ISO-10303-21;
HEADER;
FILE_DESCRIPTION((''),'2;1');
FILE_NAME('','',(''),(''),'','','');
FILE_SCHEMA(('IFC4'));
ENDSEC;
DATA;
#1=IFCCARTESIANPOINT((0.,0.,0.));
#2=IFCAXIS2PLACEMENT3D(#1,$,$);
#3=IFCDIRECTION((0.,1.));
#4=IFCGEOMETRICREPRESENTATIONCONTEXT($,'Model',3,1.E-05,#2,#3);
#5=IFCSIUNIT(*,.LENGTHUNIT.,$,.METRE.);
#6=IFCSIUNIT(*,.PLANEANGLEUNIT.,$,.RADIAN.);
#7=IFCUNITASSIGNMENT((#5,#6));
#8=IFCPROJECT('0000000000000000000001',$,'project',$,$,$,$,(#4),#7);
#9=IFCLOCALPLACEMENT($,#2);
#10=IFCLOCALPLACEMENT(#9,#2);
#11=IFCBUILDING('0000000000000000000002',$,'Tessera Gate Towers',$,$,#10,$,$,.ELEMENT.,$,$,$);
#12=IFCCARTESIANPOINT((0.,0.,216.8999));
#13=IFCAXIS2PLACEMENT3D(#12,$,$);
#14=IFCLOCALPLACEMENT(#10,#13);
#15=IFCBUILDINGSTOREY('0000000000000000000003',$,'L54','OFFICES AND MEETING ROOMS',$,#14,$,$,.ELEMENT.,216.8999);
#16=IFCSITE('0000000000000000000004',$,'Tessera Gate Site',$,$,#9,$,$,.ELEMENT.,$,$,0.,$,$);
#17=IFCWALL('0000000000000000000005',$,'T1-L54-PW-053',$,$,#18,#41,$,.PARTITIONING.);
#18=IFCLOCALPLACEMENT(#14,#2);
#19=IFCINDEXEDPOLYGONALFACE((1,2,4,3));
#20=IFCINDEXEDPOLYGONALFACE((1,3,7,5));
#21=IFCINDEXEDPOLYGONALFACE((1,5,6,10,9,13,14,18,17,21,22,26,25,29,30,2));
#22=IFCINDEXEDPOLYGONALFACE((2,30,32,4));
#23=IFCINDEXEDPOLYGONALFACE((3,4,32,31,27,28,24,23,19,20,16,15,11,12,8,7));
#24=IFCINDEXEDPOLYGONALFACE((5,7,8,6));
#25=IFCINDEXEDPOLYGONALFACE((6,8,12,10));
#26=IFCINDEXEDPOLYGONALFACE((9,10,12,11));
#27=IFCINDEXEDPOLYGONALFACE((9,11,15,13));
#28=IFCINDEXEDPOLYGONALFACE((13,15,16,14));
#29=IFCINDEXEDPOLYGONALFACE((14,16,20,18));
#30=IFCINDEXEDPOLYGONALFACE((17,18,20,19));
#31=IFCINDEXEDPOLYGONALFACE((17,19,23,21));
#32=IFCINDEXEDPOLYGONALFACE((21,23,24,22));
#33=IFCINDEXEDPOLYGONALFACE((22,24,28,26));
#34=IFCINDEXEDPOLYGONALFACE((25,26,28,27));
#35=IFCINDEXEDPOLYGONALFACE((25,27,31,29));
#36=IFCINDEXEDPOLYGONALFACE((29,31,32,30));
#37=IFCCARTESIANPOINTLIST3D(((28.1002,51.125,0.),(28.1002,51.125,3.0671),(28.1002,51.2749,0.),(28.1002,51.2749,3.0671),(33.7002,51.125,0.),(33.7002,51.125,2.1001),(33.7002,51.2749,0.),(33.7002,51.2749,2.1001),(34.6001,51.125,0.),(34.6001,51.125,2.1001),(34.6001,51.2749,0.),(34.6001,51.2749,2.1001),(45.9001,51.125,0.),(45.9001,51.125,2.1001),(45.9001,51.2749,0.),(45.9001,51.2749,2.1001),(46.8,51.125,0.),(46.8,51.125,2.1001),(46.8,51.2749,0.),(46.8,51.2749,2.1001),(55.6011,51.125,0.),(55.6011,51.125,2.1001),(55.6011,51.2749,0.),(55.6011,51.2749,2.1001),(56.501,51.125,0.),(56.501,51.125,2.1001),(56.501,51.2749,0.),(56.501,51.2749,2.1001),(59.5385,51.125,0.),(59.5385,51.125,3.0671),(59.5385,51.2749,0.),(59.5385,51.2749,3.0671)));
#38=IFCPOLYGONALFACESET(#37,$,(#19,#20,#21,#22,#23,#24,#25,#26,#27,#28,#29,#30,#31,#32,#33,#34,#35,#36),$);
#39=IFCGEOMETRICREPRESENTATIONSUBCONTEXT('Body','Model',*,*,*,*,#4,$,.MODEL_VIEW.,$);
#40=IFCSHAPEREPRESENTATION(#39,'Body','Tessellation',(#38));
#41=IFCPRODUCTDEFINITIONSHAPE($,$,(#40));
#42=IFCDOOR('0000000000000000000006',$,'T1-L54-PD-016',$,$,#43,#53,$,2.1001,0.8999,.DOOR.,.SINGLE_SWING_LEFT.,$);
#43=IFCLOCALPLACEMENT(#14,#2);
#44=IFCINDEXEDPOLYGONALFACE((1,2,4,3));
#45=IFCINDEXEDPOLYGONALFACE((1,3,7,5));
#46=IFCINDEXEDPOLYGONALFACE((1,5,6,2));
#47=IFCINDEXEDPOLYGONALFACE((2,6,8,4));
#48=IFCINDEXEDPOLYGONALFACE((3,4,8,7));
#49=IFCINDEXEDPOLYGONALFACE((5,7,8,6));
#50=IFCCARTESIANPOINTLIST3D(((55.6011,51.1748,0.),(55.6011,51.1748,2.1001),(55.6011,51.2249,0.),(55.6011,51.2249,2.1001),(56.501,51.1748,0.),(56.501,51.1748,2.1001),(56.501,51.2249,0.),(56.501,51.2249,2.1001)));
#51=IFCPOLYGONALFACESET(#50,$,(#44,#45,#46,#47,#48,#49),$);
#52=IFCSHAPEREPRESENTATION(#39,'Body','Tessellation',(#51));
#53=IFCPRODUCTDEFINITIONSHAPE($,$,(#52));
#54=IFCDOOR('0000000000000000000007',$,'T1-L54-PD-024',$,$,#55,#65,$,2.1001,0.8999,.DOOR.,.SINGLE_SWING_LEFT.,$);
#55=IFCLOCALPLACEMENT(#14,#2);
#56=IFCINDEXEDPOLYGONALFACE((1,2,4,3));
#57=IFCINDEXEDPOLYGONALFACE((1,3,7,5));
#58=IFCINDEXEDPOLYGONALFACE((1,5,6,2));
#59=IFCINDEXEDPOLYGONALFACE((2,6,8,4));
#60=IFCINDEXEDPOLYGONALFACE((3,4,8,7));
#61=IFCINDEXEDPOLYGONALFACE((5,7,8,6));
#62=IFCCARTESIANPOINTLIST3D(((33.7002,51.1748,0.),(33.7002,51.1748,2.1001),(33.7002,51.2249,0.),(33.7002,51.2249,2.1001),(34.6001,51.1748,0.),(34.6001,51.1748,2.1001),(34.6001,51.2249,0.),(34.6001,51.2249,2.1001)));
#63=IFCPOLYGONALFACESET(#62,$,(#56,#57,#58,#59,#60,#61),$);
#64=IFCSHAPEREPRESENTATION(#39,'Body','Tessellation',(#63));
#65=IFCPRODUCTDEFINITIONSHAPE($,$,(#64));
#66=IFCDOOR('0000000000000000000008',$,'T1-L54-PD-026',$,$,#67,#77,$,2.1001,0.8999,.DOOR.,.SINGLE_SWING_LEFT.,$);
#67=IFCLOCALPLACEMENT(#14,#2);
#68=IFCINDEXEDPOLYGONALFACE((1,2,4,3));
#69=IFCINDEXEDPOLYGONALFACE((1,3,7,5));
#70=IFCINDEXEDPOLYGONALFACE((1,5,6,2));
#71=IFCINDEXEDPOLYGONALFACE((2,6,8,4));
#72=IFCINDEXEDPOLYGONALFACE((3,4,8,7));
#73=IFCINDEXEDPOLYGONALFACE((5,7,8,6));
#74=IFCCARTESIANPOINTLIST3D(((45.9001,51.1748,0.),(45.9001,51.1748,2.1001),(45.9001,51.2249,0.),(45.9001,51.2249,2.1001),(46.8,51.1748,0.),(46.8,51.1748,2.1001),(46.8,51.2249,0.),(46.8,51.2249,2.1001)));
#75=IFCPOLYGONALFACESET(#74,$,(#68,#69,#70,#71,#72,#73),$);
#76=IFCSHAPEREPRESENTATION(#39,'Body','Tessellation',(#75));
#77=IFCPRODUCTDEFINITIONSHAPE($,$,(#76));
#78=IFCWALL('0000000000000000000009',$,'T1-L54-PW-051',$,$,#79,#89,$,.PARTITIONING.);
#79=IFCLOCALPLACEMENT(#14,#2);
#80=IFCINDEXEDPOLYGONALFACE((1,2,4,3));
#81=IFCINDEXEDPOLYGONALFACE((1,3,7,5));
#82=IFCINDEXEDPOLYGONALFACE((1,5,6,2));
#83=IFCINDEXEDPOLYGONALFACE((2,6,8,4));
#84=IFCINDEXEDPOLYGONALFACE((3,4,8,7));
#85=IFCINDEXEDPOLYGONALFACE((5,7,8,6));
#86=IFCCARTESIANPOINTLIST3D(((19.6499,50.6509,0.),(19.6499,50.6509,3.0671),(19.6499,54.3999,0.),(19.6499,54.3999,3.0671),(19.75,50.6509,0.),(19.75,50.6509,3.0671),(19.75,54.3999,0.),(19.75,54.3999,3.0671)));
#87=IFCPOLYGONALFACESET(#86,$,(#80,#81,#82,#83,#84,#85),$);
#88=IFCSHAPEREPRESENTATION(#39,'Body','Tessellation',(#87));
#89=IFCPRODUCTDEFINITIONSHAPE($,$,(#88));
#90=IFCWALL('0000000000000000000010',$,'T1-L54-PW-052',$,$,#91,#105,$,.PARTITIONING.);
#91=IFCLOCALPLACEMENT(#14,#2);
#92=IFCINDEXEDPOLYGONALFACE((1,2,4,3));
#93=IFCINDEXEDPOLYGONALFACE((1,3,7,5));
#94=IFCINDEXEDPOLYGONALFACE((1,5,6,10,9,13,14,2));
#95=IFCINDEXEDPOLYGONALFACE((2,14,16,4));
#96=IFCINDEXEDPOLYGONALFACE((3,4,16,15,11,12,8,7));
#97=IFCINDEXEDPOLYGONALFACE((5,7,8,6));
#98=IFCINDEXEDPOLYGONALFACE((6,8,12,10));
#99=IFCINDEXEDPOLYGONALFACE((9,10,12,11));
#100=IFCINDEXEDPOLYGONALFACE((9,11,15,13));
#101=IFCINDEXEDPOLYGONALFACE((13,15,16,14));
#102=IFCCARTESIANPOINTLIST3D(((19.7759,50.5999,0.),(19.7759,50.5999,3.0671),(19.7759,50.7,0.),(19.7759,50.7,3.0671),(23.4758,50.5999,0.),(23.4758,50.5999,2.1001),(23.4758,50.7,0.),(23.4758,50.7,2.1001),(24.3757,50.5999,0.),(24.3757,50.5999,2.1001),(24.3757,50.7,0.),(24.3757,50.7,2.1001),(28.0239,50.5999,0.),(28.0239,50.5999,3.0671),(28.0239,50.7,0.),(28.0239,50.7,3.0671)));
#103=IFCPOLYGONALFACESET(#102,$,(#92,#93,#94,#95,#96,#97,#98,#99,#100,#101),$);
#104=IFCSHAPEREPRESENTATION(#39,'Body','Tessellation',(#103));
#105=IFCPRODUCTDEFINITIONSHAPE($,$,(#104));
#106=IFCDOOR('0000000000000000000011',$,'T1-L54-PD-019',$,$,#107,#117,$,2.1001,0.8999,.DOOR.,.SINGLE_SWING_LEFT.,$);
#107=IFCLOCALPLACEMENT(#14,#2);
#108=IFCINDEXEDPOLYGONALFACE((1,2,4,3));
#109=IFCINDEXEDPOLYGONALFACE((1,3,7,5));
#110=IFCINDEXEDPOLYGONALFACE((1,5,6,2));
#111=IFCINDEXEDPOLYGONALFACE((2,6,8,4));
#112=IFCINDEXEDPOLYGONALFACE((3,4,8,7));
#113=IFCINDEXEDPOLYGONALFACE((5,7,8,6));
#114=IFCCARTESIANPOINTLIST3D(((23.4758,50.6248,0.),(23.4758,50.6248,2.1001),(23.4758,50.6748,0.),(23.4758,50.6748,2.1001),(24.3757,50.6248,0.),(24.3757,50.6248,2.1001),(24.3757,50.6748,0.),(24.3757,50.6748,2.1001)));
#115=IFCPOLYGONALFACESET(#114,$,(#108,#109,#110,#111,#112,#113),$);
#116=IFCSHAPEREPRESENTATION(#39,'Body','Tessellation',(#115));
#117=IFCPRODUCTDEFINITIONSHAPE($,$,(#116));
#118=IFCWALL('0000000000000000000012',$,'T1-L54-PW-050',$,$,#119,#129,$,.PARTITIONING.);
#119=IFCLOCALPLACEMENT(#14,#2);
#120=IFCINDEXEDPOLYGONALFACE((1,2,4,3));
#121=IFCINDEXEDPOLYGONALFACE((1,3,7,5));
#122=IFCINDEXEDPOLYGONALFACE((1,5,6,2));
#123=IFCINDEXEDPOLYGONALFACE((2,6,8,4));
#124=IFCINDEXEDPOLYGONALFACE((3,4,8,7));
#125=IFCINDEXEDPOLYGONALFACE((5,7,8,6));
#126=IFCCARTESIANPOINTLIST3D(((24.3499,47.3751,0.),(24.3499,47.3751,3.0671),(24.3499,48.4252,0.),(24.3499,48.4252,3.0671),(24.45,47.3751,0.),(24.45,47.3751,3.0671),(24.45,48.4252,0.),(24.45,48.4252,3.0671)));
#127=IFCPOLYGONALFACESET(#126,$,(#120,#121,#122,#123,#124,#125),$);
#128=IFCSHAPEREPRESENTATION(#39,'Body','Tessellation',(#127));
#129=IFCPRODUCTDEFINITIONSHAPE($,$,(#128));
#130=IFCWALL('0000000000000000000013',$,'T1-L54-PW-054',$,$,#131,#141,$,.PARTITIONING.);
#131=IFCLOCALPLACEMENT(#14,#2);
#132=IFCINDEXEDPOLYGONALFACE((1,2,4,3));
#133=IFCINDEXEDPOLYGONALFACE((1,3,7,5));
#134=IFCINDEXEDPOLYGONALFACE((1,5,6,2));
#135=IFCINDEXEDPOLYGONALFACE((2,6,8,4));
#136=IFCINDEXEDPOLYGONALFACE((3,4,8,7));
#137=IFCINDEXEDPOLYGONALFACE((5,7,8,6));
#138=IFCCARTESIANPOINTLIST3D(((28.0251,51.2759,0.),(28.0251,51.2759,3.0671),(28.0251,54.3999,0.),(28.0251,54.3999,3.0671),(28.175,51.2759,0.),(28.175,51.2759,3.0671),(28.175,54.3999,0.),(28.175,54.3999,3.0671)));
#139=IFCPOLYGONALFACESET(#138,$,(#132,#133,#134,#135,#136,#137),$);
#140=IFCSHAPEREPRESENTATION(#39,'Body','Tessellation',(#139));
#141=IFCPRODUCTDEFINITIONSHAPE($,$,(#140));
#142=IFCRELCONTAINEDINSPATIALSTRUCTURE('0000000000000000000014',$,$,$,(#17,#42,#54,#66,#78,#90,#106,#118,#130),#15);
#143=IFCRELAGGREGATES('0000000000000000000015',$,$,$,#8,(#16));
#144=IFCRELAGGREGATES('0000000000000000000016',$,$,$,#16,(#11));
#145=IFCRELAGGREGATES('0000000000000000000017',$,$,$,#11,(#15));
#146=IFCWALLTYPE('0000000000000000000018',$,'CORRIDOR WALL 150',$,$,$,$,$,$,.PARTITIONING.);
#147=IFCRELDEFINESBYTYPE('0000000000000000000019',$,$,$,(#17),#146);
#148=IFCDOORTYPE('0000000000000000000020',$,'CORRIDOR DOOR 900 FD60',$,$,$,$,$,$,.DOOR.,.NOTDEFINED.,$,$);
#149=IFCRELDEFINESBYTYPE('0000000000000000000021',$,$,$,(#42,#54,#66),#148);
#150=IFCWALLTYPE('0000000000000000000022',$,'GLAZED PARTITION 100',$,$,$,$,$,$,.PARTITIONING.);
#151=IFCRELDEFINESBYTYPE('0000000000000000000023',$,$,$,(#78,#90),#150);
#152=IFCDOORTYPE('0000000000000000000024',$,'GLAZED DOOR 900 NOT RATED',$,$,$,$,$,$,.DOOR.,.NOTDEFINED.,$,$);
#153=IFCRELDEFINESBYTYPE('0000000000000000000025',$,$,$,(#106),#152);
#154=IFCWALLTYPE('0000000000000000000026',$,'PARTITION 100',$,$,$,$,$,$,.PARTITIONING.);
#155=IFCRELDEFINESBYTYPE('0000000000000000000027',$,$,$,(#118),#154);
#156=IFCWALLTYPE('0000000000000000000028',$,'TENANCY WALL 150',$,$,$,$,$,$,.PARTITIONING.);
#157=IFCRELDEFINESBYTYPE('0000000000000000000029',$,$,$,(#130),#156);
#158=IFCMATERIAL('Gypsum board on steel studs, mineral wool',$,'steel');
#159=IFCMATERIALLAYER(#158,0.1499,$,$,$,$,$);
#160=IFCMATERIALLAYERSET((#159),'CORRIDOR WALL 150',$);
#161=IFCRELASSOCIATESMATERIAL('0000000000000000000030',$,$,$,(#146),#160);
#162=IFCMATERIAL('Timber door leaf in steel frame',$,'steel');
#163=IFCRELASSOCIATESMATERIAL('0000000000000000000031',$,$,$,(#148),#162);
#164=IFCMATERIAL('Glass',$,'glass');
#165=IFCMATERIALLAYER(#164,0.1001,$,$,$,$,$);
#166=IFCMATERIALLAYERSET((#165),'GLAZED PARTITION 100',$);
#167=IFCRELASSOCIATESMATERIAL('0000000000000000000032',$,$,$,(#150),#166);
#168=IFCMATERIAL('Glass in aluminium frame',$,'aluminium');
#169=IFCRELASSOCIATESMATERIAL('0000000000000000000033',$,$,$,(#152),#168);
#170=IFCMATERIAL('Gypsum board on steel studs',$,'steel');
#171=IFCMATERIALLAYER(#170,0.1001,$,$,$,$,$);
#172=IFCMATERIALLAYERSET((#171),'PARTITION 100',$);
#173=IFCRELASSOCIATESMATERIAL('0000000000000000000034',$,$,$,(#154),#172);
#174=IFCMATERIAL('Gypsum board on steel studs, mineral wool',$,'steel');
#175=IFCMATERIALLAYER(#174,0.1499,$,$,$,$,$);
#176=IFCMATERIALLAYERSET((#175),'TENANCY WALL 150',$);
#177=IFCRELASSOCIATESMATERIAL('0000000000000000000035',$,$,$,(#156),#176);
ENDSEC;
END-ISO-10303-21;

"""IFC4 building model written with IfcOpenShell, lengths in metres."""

from ifc_helpers import new_model, si_unit, direction, frame, frame_2d, origin, place, context, subcontext, project, spatial, rectangle, extrude, source, transform, mapped, material, layer, layer_set, type_object, element, fill, save


model = new_model("IFC4")

# Units and contexts
model_context = context("Model", 3, precision=1e-05, world=origin(), true_north=direction((0.0, 1.0)))
body_context = subcontext(model_context, "Body", "Model", "MODEL_VIEW")
ifc_project = project(units=[si_unit("LENGTHUNIT", "METRE"), si_unit("PLANEANGLEUNIT", "RADIAN")], contexts=[model_context])

# Site, building, storey
site_placement = place(None, origin())
site = spatial("IfcSite", under=ifc_project, at=site_placement, Name="Tessera Gate Site", CompositionType="ELEMENT", RefElevation=0.0)
building_placement = place(site_placement, origin())
building = spatial("IfcBuilding", under=site, at=building_placement, Name="Tessera Gate Towers", CompositionType="ELEMENT")
storey_placement = place(building_placement, frame((0.0, 0.0, 216.8999)))
storey = spatial("IfcBuildingStorey", under=building, at=storey_placement, Name="L54", Description="OFFICES AND MEETING ROOMS", CompositionType="ELEMENT", Elevation=216.8999)

# Wall, openings, doors
ifc_material_1 = material(Name="Gypsum board on steel studs, mineral wool", Category="steel")
ifc_layer_1 = layer(ifc_material_1, 0.1499)
ifc_layer_set_1 = layer_set([ifc_layer_1], Name="CORRIDOR WALL 150")
wall_type_1 = type_object("IfcWallType", Name="CORRIDOR WALL 150", PredefinedType="PARTITIONING", material=ifc_layer_set_1)
wall_1_placement = place(storey_placement, frame((28.1001, 51.2, 0.0), z_axis=(0.0, 0.0, 1.0), x_axis=(1.0, 0.0, 0.0)))
wall_1 = element("IfcWall", 1, at=wall_1_placement, inside=storey, type_object=wall_type_1, Name="T1-L54-PW-053", PredefinedType="PARTITIONING", context=body_context, shape_type="SweptSolid", body=[
    extrude(rectangle(XDim=31.4382, YDim=0.1499, at=frame_2d((15.7192, 0.0))), origin(), (0.0, 0.0, 1.0), 3.0671),
])
shared_shape_1 = source(origin(), body_context, "Body", "SweptSolid", [
    extrude(rectangle(XDim=0.8999, YDim=2.1001, at=frame_2d((0.45, 1.05))), frame((0.0, 0.085, 0.0), z_axis=(0.0, -1.0, 0.0), x_axis=(1.0, 0.0, 0.0)), (0.0, 0.0, 1.0), 0.1699),
])
opening_1_placement = place(wall_1_placement, frame((27.501, 0.0, 0.0)))
opening_1 = element("IfcOpeningElement", 2, at=opening_1_placement, cuts=wall_1, PredefinedType="OPENING", context=body_context, shape_type="MappedRepresentation", body=[
    mapped(shared_shape_1, transform((0.0, 0.0, 0.0), scale=1.0)),
])
opening_2_placement = place(wall_1_placement, frame((5.6001, 0.0, 0.0)))
opening_2 = element("IfcOpeningElement", 3, at=opening_2_placement, cuts=wall_1, PredefinedType="OPENING", context=body_context, shape_type="MappedRepresentation", body=[
    mapped(shared_shape_1, transform((0.0, 0.0, 0.0), scale=1.0)),
])
opening_3_placement = place(wall_1_placement, frame((17.8, 0.0, 0.0)))
opening_3 = element("IfcOpeningElement", 4, at=opening_3_placement, cuts=wall_1, PredefinedType="OPENING", context=body_context, shape_type="MappedRepresentation", body=[
    mapped(shared_shape_1, transform((0.0, 0.0, 0.0), scale=1.0)),
])
ifc_material_2 = material(Name="Timber door leaf in steel frame", Category="steel")
door_type_1 = type_object("IfcDoorType", Name="CORRIDOR DOOR 900 FD60", OperationType="NOTDEFINED", PredefinedType="DOOR", material=ifc_material_2)
shared_shape_2 = source(origin(), body_context, "Body", "SweptSolid", [
    extrude(rectangle(XDim=0.8999, YDim=2.1001, at=frame_2d((0.45, 1.05))), frame((0.0, 0.0249, 0.0), z_axis=(0.0, -1.0, 0.0), x_axis=(1.0, 0.0, 0.0)), (0.0, 0.0, 1.0), 0.05),
])
door_1_placement = place(opening_1_placement, origin())
door_1 = element("IfcDoor", 5, at=door_1_placement, inside=storey, type_object=door_type_1, Name="T1-L54-PD-016", OperationType="SINGLE_SWING_LEFT", OverallHeight=2.1001, OverallWidth=0.8999, PredefinedType="DOOR", context=body_context, shape_type="MappedRepresentation", body=[
    mapped(shared_shape_2, transform((0.0, 0.0, 0.0), scale=1.0)),
])
fill(opening_1, door_1)
door_2_placement = place(opening_2_placement, origin())
door_2 = element("IfcDoor", 6, at=door_2_placement, inside=storey, type_object=door_type_1, Name="T1-L54-PD-024", OperationType="SINGLE_SWING_LEFT", OverallHeight=2.1001, OverallWidth=0.8999, PredefinedType="DOOR", context=body_context, shape_type="MappedRepresentation", body=[
    mapped(shared_shape_2, transform((0.0, 0.0, 0.0), scale=1.0)),
])
fill(opening_2, door_2)
door_3_placement = place(opening_3_placement, origin())
door_3 = element("IfcDoor", 7, at=door_3_placement, inside=storey, type_object=door_type_1, Name="T1-L54-PD-026", OperationType="SINGLE_SWING_LEFT", OverallHeight=2.1001, OverallWidth=0.8999, PredefinedType="DOOR", context=body_context, shape_type="MappedRepresentation", body=[
    mapped(shared_shape_2, transform((0.0, 0.0, 0.0), scale=1.0)),
])
fill(opening_3, door_3)

# Wall
ifc_material_3 = material(Name="Glass", Category="glass")
ifc_layer_2 = layer(ifc_material_3, 0.1001)
ifc_layer_set_2 = layer_set([ifc_layer_2], Name="GLAZED PARTITION 100")
wall_type_2 = type_object("IfcWallType", Name="GLAZED PARTITION 100", PredefinedType="PARTITIONING", material=ifc_layer_set_2)
wall_2_placement = place(storey_placement, frame((19.7, 50.6509, 0.0), z_axis=(0.0, 0.0, 1.0), x_axis=(0.0, 1.0, 0.0)))
element("IfcWall", 8, at=wall_2_placement, inside=storey, type_object=wall_type_2, Name="T1-L54-PW-051", PredefinedType="PARTITIONING", context=body_context, shape_type="SweptSolid", body=[
    extrude(rectangle(XDim=3.749, YDim=0.1001, at=frame_2d((1.8745, 0.0))), origin(), (0.0, 0.0, 1.0), 3.0671),
])

# Wall, opening, door
wall_3_placement = place(storey_placement, frame((19.7759, 50.6499, 0.0), z_axis=(0.0, 0.0, 1.0), x_axis=(1.0, 0.0, 0.0)))
wall_3 = element("IfcWall", 9, at=wall_3_placement, inside=storey, type_object=wall_type_2, Name="T1-L54-PW-052", PredefinedType="PARTITIONING", context=body_context, shape_type="SweptSolid", body=[
    extrude(rectangle(XDim=8.248, YDim=0.1001, at=frame_2d((4.124, 0.0))), origin(), (0.0, 0.0, 1.0), 3.0671),
])
shared_shape_3 = source(origin(), body_context, "Body", "SweptSolid", [
    extrude(rectangle(XDim=0.8999, YDim=2.1001, at=frame_2d((0.45, 1.05))), frame((0.0, 0.0601, 0.0), z_axis=(0.0, -1.0, 0.0), x_axis=(1.0, 0.0, 0.0)), (0.0, 0.0, 1.0), 0.1201),
])
opening_4_placement = place(wall_3_placement, frame((3.7, 0.0, 0.0)))
opening_4 = element("IfcOpeningElement", 10, at=opening_4_placement, cuts=wall_3, PredefinedType="OPENING", context=body_context, shape_type="MappedRepresentation", body=[
    mapped(shared_shape_3, transform((0.0, 0.0, 0.0), scale=1.0)),
])
ifc_material_4 = material(Name="Glass in aluminium frame", Category="aluminium")
door_type_2 = type_object("IfcDoorType", Name="GLAZED DOOR 900 NOT RATED", OperationType="NOTDEFINED", PredefinedType="DOOR", material=ifc_material_4)
door_4_placement = place(opening_4_placement, origin())
door_4 = element("IfcDoor", 11, at=door_4_placement, inside=storey, type_object=door_type_2, Name="T1-L54-PD-019", OperationType="SINGLE_SWING_LEFT", OverallHeight=2.1001, OverallWidth=0.8999, PredefinedType="DOOR", context=body_context, shape_type="MappedRepresentation", body=[
    mapped(shared_shape_2, transform((0.0, 0.0, 0.0), scale=1.0)),
])
fill(opening_4, door_4)

# Walls
ifc_material_5 = material(Name="Gypsum board on steel studs", Category="steel")
ifc_layer_3 = layer(ifc_material_5, 0.1001)
ifc_layer_set_3 = layer_set([ifc_layer_3], Name="PARTITION 100")
wall_type_3 = type_object("IfcWallType", Name="PARTITION 100", PredefinedType="PARTITIONING", material=ifc_layer_set_3)
wall_4_placement = place(storey_placement, frame((24.3999, 48.425, 0.0), z_axis=(0.0, 0.0, 1.0), x_axis=(0.0, -1.0, 0.0)))
element("IfcWall", 12, at=wall_4_placement, inside=storey, type_object=wall_type_3, Name="T1-L54-PW-050", PredefinedType="PARTITIONING", context=body_context, shape_type="SweptSolid", body=[
    extrude(rectangle(XDim=1.05, YDim=0.1001, at=frame_2d((0.5249, 0.0))), origin(), (0.0, 0.0, 1.0), 3.0671),
])
ifc_material_6 = material(Name="Gypsum board on steel studs, mineral wool", Category="steel")
ifc_layer_4 = layer(ifc_material_6, 0.1499)
ifc_layer_set_4 = layer_set([ifc_layer_4], Name="TENANCY WALL 150")
wall_type_4 = type_object("IfcWallType", Name="TENANCY WALL 150", PredefinedType="PARTITIONING", material=ifc_layer_set_4)
wall_5_placement = place(storey_placement, frame((28.1001, 51.2759, 0.0), z_axis=(0.0, 0.0, 1.0), x_axis=(0.0, 1.0, 0.0)))
element("IfcWall", 13, at=wall_5_placement, inside=storey, type_object=wall_type_4, Name="T1-L54-PW-054", PredefinedType="PARTITIONING", context=body_context, shape_type="SweptSolid", body=[
    extrude(rectangle(XDim=3.124, YDim=0.1499, at=frame_2d((1.562, 0.0))), origin(), (0.0, 0.0, 1.0), 3.0671),
])

save(model, "model.ifc")
